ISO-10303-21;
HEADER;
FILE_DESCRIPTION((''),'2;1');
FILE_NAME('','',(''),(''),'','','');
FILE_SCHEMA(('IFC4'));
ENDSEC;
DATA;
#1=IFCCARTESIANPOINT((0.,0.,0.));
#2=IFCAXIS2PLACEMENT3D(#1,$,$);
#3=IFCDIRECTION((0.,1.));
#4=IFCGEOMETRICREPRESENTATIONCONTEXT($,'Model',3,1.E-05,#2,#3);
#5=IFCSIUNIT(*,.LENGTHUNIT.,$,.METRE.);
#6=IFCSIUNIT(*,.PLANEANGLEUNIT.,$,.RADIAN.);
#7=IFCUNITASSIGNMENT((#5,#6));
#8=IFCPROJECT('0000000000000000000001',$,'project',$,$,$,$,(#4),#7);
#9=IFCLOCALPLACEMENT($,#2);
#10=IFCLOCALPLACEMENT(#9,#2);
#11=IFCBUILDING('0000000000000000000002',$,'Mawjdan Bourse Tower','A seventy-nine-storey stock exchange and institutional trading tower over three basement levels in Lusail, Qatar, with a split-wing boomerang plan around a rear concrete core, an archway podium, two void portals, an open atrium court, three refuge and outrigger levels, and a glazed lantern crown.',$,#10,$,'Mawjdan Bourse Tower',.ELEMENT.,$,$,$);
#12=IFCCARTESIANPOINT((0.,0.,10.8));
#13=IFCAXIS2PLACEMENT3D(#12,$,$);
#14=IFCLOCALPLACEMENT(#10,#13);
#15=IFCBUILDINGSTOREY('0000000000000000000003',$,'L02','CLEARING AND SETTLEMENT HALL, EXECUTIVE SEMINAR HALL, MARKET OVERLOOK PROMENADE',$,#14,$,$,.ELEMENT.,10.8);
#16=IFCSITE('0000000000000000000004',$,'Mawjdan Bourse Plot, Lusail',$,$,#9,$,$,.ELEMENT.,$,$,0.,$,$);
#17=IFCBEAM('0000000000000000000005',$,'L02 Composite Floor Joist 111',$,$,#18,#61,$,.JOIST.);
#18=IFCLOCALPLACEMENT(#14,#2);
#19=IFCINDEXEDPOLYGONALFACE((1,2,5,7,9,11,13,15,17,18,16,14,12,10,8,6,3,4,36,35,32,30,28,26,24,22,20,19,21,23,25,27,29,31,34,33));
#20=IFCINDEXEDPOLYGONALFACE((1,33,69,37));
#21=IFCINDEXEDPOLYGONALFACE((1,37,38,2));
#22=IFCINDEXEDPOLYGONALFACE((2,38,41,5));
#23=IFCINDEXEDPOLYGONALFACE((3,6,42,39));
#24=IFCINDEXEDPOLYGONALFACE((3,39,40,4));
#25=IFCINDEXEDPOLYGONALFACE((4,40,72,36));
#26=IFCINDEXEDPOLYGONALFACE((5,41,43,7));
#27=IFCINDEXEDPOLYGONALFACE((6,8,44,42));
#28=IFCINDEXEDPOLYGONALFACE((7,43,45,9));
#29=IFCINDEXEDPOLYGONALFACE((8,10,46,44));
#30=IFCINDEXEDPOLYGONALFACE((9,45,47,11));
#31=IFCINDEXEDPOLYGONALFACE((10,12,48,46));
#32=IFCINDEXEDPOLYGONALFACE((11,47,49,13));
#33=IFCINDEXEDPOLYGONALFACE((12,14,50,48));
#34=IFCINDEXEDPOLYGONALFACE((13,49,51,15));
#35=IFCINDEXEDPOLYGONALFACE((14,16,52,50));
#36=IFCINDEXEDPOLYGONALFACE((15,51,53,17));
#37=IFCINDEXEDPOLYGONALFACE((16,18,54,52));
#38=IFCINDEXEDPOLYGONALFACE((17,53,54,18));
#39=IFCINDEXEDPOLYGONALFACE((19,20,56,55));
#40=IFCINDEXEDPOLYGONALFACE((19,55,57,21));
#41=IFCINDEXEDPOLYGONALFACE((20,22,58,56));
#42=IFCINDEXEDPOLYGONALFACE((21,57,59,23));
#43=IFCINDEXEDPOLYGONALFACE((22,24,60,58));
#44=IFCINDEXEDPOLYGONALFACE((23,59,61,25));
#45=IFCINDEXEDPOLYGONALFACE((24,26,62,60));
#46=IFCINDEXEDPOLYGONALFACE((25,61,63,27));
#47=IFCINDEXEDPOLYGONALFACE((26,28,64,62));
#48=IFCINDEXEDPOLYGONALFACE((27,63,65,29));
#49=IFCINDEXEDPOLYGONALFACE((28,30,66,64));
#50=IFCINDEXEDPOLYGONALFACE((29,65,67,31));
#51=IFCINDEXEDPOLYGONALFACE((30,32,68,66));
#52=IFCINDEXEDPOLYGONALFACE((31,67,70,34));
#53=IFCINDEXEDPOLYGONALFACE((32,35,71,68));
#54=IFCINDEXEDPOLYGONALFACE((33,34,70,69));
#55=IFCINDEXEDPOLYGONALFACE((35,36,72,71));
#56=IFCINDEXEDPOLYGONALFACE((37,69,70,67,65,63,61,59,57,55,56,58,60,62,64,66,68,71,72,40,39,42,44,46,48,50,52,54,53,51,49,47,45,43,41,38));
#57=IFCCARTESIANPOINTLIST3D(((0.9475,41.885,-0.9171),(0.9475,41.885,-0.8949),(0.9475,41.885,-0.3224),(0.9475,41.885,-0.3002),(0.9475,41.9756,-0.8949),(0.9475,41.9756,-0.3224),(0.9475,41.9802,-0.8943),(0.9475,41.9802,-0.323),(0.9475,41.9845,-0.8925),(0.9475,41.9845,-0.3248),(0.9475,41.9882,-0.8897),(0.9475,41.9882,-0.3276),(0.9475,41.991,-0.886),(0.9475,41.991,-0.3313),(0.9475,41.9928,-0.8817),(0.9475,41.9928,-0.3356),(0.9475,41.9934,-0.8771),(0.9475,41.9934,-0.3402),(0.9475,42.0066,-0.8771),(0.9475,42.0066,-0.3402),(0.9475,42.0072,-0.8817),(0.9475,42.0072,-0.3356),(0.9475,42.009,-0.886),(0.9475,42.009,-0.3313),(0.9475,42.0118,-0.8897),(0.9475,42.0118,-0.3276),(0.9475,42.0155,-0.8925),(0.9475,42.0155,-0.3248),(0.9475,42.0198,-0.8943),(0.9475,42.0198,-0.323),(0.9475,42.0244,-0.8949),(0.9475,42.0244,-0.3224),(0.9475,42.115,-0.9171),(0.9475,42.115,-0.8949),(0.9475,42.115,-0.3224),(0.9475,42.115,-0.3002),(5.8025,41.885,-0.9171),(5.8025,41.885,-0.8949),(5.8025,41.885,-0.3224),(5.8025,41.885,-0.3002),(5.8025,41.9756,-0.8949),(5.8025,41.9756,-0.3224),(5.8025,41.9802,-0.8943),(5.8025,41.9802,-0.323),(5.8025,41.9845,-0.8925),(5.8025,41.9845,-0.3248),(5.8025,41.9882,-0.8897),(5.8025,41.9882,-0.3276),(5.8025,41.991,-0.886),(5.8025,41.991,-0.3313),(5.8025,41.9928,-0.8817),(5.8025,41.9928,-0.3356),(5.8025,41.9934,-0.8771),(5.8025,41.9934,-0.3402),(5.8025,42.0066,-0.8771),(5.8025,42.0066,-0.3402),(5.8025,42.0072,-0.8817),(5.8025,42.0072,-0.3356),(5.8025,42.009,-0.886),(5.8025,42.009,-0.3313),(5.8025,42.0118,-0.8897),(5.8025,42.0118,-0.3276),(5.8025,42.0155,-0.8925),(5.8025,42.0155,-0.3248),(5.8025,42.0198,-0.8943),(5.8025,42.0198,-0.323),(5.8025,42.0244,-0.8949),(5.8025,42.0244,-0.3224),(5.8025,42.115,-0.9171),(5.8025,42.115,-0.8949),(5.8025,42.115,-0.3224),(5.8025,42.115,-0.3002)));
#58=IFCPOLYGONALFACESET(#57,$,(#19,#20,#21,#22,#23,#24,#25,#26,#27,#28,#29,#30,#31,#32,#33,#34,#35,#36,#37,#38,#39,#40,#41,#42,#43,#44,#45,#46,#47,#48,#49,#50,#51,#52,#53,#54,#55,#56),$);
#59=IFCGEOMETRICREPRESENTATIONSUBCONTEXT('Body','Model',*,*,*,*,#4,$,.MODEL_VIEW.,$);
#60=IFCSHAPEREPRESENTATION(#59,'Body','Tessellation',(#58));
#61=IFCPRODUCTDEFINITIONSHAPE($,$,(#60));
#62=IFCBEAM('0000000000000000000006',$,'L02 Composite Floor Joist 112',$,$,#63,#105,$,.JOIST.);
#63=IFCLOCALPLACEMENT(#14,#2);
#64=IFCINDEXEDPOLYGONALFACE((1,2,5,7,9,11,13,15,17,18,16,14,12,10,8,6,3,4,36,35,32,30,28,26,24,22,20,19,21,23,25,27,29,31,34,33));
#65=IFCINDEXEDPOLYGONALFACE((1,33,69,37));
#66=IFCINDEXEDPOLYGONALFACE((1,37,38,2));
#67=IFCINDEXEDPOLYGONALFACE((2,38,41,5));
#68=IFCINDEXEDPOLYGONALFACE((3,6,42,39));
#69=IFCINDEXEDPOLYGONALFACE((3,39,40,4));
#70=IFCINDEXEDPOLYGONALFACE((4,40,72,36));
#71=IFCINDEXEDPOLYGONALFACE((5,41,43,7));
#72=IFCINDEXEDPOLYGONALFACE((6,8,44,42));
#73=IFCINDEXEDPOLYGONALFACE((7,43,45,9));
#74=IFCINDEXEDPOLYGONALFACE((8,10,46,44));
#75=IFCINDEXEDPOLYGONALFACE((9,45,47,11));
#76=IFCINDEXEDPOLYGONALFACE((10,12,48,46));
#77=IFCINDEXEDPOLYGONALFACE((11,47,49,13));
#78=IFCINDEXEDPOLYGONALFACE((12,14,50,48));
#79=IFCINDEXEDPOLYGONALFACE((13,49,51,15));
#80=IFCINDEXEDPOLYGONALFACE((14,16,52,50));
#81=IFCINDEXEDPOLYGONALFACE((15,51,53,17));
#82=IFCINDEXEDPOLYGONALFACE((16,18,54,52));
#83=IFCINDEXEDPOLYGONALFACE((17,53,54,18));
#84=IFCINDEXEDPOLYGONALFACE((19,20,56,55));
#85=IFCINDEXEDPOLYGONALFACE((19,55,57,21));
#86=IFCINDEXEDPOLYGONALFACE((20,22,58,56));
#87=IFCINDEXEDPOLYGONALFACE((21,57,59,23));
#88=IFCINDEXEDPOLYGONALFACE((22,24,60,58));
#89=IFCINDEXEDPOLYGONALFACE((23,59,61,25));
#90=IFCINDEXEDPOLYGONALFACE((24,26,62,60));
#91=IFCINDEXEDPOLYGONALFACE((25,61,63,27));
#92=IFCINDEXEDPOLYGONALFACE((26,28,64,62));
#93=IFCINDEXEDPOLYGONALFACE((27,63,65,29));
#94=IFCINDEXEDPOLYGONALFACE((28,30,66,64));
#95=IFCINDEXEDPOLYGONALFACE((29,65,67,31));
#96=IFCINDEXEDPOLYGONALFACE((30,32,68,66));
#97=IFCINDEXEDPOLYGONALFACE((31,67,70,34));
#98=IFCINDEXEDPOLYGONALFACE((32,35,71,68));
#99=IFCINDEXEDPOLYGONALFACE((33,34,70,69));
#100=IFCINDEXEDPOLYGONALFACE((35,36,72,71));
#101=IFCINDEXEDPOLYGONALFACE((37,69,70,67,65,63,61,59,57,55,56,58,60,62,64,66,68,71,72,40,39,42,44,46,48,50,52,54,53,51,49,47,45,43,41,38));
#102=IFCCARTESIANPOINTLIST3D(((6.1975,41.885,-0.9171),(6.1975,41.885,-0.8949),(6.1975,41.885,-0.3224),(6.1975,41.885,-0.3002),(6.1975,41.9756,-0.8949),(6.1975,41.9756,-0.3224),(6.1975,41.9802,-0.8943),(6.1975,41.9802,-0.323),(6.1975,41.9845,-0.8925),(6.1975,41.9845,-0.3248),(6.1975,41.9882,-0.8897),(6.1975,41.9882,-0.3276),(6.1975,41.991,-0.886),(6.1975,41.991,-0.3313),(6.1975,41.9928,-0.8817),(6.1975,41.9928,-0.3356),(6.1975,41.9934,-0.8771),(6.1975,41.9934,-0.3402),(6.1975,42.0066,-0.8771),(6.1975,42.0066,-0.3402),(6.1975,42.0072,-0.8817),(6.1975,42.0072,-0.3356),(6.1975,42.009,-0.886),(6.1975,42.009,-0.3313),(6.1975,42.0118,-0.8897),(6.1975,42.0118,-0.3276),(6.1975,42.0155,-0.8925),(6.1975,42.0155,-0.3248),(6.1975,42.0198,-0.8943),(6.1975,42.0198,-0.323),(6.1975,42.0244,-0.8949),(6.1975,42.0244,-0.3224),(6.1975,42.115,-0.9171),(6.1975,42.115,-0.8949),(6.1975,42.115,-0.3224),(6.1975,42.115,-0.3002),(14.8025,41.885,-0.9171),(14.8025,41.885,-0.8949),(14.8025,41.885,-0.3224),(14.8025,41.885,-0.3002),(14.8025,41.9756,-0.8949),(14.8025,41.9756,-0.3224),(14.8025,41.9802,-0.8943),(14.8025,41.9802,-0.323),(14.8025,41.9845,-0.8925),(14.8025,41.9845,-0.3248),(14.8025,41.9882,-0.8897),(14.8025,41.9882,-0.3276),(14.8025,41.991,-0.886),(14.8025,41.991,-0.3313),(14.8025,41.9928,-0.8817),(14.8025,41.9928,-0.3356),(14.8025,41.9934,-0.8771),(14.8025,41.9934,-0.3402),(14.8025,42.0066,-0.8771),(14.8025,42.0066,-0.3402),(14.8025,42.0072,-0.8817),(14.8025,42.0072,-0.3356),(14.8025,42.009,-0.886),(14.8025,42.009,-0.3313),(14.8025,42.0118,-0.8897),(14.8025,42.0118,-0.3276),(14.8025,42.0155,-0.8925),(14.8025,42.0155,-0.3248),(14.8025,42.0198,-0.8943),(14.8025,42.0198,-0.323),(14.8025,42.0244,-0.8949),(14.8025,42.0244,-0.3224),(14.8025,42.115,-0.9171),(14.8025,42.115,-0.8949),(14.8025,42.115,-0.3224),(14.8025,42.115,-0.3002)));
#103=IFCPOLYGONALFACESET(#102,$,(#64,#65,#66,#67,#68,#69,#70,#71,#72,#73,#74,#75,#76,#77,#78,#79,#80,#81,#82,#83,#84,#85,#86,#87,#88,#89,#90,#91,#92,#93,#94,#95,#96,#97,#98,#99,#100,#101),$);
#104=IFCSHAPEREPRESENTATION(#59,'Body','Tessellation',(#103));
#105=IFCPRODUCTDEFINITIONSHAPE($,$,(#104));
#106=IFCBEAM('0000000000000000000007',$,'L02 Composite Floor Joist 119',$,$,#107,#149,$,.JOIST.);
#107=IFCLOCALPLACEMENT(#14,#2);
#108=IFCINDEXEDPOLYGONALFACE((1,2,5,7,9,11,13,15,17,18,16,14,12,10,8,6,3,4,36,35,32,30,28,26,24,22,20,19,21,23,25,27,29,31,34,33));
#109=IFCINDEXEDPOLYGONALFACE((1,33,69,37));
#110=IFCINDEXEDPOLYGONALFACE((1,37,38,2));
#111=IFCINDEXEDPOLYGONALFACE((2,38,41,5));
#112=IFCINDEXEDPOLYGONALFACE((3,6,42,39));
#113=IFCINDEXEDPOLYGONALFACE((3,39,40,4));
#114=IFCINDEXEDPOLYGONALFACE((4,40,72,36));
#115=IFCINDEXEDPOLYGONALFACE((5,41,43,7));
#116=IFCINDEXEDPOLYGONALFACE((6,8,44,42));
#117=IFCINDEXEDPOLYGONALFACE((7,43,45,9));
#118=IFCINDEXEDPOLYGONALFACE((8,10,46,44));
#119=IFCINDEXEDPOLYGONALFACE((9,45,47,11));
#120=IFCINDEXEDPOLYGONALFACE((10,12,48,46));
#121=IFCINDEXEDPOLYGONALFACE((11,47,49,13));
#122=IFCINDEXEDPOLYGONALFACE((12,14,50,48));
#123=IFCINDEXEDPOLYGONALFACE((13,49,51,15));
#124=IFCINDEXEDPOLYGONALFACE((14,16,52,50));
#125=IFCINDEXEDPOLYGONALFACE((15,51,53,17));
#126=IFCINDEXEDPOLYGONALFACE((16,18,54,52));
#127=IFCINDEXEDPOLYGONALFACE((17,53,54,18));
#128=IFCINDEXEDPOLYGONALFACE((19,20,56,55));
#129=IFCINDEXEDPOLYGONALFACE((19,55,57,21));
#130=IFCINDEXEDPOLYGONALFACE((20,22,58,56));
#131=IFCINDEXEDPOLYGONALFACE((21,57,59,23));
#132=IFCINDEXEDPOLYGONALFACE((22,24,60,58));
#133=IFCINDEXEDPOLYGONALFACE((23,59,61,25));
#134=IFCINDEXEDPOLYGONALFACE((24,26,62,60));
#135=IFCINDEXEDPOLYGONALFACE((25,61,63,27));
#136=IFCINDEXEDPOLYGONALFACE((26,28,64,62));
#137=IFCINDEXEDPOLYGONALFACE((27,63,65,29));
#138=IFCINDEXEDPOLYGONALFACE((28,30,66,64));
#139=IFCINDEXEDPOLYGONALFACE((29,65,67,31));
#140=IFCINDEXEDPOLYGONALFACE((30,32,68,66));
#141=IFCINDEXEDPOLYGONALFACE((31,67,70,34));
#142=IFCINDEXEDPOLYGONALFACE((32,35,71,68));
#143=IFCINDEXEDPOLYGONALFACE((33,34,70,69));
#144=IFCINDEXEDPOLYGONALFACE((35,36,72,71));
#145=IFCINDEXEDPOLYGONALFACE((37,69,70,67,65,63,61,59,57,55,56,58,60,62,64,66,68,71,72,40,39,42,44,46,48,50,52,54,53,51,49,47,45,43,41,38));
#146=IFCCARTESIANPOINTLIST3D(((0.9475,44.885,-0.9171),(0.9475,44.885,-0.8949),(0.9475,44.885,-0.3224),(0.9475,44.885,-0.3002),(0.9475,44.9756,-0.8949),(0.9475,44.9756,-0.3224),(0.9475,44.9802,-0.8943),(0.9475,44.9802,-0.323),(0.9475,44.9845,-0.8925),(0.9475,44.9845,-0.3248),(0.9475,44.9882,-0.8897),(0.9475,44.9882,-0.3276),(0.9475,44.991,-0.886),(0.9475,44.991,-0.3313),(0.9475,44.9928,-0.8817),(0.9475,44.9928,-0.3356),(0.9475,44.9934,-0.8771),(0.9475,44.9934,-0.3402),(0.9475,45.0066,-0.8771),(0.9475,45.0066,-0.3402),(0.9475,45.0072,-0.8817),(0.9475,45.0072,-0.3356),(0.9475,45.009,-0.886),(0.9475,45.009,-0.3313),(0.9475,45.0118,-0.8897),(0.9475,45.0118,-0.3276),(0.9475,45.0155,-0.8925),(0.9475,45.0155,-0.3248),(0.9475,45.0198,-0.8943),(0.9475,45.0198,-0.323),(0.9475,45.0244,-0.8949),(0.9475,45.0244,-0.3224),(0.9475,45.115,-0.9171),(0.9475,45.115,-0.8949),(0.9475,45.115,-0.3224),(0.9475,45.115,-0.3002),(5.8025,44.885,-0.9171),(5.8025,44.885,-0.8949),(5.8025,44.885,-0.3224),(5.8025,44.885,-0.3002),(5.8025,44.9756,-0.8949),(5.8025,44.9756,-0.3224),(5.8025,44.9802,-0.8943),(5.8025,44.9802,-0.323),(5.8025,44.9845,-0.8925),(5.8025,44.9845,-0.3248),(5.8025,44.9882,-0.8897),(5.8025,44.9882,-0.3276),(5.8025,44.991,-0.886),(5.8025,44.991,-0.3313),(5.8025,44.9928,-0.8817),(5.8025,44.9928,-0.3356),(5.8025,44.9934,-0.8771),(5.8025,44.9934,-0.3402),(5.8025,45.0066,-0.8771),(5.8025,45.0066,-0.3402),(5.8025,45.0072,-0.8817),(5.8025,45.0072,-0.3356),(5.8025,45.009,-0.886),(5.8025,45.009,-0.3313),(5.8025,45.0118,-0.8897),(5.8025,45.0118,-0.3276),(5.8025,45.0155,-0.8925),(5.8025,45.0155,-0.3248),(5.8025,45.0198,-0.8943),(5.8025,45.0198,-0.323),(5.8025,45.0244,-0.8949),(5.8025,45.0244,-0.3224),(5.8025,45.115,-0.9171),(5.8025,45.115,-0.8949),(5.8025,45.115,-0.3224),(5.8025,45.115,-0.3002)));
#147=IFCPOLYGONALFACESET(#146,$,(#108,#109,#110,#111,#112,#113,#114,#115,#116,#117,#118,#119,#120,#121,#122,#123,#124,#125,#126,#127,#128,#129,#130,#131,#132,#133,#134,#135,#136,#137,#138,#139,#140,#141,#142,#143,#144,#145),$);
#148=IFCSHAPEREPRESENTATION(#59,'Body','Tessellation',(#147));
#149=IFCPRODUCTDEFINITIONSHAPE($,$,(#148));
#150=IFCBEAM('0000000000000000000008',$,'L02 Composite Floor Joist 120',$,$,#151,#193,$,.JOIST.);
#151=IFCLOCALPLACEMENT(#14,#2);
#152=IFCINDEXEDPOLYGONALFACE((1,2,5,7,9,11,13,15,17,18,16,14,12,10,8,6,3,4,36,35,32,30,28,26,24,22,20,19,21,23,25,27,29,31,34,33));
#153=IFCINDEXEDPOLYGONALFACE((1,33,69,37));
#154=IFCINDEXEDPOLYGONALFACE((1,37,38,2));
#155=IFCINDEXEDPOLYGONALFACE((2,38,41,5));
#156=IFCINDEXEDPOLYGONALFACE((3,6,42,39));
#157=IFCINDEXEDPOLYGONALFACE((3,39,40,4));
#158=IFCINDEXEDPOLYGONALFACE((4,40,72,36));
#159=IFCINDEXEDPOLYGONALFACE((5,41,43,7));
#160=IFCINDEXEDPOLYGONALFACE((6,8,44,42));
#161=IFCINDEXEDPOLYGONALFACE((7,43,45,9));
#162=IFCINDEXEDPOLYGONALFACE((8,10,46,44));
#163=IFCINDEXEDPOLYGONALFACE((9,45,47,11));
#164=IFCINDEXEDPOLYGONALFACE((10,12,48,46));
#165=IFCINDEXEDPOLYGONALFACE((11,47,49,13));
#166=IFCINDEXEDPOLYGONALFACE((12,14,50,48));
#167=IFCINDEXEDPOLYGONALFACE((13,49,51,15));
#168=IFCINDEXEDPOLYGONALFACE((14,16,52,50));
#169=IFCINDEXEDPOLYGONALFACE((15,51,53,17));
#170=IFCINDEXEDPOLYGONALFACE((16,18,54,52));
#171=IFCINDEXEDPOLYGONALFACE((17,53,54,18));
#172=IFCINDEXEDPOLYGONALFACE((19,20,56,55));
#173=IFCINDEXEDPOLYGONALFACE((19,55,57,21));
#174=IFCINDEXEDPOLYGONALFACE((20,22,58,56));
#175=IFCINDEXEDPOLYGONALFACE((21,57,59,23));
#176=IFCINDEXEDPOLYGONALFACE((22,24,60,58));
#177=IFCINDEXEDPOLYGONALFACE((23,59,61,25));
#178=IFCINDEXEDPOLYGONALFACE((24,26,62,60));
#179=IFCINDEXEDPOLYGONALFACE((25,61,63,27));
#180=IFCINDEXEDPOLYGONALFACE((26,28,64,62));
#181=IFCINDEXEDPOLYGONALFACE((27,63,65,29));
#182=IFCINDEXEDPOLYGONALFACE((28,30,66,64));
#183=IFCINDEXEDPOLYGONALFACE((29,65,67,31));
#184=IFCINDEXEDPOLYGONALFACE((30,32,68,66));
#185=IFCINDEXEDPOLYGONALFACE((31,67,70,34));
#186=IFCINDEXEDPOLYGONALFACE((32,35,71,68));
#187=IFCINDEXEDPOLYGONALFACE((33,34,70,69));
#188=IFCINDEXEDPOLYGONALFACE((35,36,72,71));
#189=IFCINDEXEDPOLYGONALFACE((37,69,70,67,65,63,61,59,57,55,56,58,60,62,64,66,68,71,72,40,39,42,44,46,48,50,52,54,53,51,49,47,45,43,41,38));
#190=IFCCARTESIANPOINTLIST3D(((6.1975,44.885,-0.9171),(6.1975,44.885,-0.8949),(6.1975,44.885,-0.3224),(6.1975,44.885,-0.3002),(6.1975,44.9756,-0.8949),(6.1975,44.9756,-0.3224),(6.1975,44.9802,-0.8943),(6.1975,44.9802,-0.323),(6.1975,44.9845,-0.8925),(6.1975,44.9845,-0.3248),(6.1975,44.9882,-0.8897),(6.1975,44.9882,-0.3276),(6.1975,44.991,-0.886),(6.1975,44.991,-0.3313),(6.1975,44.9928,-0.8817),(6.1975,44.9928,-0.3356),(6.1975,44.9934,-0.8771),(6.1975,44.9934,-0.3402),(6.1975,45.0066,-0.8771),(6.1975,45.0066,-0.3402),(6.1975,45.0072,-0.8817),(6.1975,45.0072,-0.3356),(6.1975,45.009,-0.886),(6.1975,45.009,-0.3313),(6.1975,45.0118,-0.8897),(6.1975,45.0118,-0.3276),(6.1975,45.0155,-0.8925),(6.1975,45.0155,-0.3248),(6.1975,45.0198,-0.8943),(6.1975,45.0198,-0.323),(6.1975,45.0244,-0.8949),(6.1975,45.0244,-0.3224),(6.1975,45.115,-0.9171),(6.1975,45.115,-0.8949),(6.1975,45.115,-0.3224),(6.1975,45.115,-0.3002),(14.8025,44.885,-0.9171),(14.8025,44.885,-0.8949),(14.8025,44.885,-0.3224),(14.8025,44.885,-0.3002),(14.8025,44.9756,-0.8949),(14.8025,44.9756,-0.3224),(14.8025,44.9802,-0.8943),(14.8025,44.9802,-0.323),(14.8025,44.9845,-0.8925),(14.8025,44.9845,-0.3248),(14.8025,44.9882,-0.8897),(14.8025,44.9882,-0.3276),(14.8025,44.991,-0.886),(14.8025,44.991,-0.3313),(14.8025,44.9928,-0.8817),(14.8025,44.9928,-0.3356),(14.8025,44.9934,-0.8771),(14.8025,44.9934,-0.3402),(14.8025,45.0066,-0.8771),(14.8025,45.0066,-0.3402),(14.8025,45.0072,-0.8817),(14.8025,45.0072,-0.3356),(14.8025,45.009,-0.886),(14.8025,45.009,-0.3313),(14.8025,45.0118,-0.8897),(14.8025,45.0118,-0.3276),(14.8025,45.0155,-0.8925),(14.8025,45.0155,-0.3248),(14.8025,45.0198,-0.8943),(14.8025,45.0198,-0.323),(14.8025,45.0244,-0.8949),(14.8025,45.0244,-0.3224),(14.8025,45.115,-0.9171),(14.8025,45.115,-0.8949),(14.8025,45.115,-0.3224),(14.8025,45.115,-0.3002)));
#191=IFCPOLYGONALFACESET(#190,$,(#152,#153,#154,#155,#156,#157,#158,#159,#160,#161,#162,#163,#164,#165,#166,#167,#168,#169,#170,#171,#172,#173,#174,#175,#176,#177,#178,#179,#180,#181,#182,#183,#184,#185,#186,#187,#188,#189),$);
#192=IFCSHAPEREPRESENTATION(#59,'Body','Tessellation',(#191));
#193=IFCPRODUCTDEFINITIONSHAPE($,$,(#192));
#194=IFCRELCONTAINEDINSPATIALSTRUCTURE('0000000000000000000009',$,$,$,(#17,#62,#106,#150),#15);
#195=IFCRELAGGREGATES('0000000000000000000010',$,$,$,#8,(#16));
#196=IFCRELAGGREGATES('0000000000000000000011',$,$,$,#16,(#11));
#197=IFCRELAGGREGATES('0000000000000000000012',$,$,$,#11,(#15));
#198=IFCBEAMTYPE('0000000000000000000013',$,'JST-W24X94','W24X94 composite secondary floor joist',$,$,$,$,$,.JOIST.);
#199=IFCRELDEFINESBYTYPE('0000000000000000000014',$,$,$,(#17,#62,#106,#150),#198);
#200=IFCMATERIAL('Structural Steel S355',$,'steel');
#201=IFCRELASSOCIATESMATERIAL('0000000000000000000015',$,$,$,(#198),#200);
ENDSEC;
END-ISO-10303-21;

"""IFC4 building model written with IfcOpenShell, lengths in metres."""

from ifc_helpers import new_model, si_unit, direction, frame, origin, origin_2d, place, context, subcontext, project, spatial, i_section, extrude, material, material_profile, profile_set, type_object, element, save


model = new_model("IFC4")

# Units and contexts
model_context = context("Model", 3, precision=1e-05, world=origin(), true_north=direction((0.0, 1.0)))
body_context = subcontext(model_context, "Body", "Model", "MODEL_VIEW")
ifc_project = project(units=[si_unit("LENGTHUNIT", "METRE"), si_unit("PLANEANGLEUNIT", "RADIAN")], contexts=[model_context])

# Site, building, storey
site_placement = place(None, origin())
site = spatial("IfcSite", under=ifc_project, at=site_placement, Name="Mawjdan Bourse Plot, Lusail", CompositionType="ELEMENT", RefElevation=0.0)
building_placement = place(site_placement, origin())
building = spatial("IfcBuilding", under=site, at=building_placement, Name="Mawjdan Bourse Tower", Description="A seventy-nine-storey stock exchange and institutional trading tower over three basement levels in Lusail, Qatar, with a split-wing boomerang plan around a rear concrete core, an archway podium, two void portals, an open atrium court, three refuge and outrigger levels, and a glazed lantern crown.", LongName="Mawjdan Bourse Tower", CompositionType="ELEMENT")
storey_placement = place(building_placement, frame((0.0, 0.0, 10.8)))
storey = spatial("IfcBuildingStorey", under=building, at=storey_placement, Name="L02", Description="CLEARING AND SETTLEMENT HALL, EXECUTIVE SEMINAR HALL, MARKET OVERLOOK PROMENADE", CompositionType="ELEMENT", Elevation=10.8)

# Beams
ifc_material_1 = material(Name="Structural Steel S355", Category="steel")
ifc_material_profile_1 = material_profile(ifc_material_1, i_section(OverallWidth=0.23, OverallDepth=0.6169, WebThickness=0.0132, FlangeThickness=0.0222, FilletRadius=0.0178, at=origin_2d()), Name="W24X94")
ifc_profile_set_1 = profile_set([ifc_material_profile_1], Name="Structural Steel S355")
beam_type_1 = type_object("IfcBeamType", Name="JST-W24X94", Description="W24X94 composite secondary floor joist", PredefinedType="JOIST", material=ifc_profile_set_1)
for number, where, z_axis, x_axis, name in (
    (1, (0.9475, 42.0, -0.6086), (1.0, 0.0, 0.0), (0.0, 1.0, 0.0), "L02 Composite Floor Joist 111"),
):
    element("IfcBeam", number, at=place(storey_placement, frame(where, z_axis=z_axis, x_axis=x_axis)), inside=storey, type_object=beam_type_1, Name=name, PredefinedType="JOIST", context=body_context, shape_type="SweptSolid", body=[
        extrude(i_section(OverallWidth=0.23, OverallDepth=0.6169, WebThickness=0.0132, FlangeThickness=0.0222, FilletRadius=0.0178, at=origin_2d()), origin(), (0.0, 0.0, 1.0), 4.855),
    ])
beam_1_placement = place(storey_placement, frame((6.1975, 42.0, -0.6086), z_axis=(1.0, 0.0, 0.0), x_axis=(0.0, 1.0, 0.0)))
element("IfcBeam", 2, at=beam_1_placement, inside=storey, type_object=beam_type_1, Name="L02 Composite Floor Joist 112", PredefinedType="JOIST", context=body_context, shape_type="SweptSolid", body=[
    extrude(i_section(OverallWidth=0.23, OverallDepth=0.6169, WebThickness=0.0132, FlangeThickness=0.0222, FilletRadius=0.0178, at=origin_2d()), origin(), (0.0, 0.0, 1.0), 8.605),
])
beam_2_placement = place(storey_placement, frame((0.9475, 45.0, -0.6086), z_axis=(1.0, 0.0, 0.0), x_axis=(0.0, 1.0, 0.0)))
element("IfcBeam", 3, at=beam_2_placement, inside=storey, type_object=beam_type_1, Name="L02 Composite Floor Joist 119", PredefinedType="JOIST", context=body_context, shape_type="SweptSolid", body=[
    extrude(i_section(OverallWidth=0.23, OverallDepth=0.6169, WebThickness=0.0132, FlangeThickness=0.0222, FilletRadius=0.0178, at=origin_2d()), origin(), (0.0, 0.0, 1.0), 4.855),
])
beam_3_placement = place(storey_placement, frame((6.1975, 45.0, -0.6086), z_axis=(1.0, 0.0, 0.0), x_axis=(0.0, 1.0, 0.0)))
element("IfcBeam", 4, at=beam_3_placement, inside=storey, type_object=beam_type_1, Name="L02 Composite Floor Joist 120", PredefinedType="JOIST", context=body_context, shape_type="SweptSolid", body=[
    extrude(i_section(OverallWidth=0.23, OverallDepth=0.6169, WebThickness=0.0132, FlangeThickness=0.0222, FilletRadius=0.0178, at=origin_2d()), origin(), (0.0, 0.0, 1.0), 8.605),
])

save(model, "model.ifc")
